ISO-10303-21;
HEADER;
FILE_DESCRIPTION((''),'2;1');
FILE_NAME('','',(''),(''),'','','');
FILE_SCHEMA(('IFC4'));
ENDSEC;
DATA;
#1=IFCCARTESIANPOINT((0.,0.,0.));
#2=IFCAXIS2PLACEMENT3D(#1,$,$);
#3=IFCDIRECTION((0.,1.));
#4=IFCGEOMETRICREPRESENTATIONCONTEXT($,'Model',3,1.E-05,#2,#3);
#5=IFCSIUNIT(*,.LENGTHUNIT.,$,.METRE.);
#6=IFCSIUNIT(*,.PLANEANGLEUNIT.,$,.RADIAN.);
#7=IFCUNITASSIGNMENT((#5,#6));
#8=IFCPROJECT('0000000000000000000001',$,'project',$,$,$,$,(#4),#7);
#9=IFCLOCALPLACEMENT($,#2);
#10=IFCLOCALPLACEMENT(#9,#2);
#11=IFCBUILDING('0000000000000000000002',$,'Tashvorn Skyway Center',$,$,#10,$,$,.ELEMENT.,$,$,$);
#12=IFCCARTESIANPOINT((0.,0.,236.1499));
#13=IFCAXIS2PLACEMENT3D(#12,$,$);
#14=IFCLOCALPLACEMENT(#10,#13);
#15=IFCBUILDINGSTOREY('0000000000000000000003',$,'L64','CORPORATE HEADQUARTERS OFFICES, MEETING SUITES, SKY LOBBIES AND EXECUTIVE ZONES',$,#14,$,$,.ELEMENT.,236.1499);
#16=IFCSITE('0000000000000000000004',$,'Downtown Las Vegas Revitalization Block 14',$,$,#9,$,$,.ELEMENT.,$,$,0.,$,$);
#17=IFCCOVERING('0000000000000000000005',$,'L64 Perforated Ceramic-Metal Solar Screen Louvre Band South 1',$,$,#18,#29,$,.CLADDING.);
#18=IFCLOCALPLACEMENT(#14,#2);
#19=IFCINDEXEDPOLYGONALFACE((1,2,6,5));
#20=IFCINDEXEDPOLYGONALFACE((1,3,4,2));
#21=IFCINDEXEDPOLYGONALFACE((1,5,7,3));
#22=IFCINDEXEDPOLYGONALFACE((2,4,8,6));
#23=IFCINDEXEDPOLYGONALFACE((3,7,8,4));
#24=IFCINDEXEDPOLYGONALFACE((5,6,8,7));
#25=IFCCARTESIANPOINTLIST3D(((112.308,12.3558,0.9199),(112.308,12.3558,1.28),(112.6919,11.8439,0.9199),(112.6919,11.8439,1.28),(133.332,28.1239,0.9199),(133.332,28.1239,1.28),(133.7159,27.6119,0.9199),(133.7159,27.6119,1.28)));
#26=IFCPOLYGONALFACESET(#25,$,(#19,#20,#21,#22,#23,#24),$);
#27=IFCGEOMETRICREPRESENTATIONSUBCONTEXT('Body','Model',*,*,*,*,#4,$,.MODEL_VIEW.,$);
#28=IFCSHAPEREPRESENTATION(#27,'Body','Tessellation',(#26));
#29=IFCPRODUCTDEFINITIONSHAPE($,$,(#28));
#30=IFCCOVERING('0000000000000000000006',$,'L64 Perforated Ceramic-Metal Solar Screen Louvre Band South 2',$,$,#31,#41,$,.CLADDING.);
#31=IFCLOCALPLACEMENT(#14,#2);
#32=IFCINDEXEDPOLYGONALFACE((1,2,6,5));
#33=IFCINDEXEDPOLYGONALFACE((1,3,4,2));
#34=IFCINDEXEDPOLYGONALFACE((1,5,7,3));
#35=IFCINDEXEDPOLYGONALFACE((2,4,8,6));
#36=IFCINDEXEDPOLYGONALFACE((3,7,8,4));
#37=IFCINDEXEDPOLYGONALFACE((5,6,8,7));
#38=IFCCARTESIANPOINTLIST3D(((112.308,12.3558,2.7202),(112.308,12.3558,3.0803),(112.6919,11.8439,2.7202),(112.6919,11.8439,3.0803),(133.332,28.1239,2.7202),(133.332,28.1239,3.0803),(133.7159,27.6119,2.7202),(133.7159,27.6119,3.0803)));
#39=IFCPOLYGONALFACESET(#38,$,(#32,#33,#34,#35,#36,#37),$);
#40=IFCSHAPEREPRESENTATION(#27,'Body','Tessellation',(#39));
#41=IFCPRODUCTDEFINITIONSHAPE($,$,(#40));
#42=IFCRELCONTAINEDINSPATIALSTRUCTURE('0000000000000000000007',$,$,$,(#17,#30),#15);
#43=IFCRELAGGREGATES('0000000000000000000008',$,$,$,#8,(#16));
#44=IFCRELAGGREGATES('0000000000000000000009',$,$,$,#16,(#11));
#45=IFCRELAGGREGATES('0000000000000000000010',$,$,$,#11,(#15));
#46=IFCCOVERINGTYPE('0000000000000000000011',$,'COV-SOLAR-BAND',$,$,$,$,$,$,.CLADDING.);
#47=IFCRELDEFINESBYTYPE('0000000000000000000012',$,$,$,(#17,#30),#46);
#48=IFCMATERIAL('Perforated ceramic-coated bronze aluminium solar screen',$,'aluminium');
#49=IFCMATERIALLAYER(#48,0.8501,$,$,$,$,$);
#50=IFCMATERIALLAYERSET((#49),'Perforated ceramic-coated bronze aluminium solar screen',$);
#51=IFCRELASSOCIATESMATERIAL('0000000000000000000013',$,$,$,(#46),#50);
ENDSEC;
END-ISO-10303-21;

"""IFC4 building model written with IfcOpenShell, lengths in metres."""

from ifc_helpers import new_model, si_unit, direction, frame, origin, origin_2d, place, context, subcontext, project, spatial, rectangle, extrude, material, layer, layer_set, type_object, element, save


model = new_model("IFC4")

# Units and contexts
model_context = context("Model", 3, precision=1e-05, world=origin(), true_north=direction((0.0, 1.0)))
body_context = subcontext(model_context, "Body", "Model", "MODEL_VIEW")
ifc_project = project(units=[si_unit("LENGTHUNIT", "METRE"), si_unit("PLANEANGLEUNIT", "RADIAN")], contexts=[model_context])

# Site, building, storey
site_placement = place(None, origin())
site = spatial("IfcSite", under=ifc_project, at=site_placement, Name="Downtown Las Vegas Revitalization Block 14", CompositionType="ELEMENT", RefElevation=0.0)
building_placement = place(site_placement, origin())
building = spatial("IfcBuilding", under=site, at=building_placement, Name="Tashvorn Skyway Center", CompositionType="ELEMENT")
storey_placement = place(building_placement, frame((0.0, 0.0, 236.1499)))
storey = spatial("IfcBuildingStorey", under=building, at=storey_placement, Name="L64", Description="CORPORATE HEADQUARTERS OFFICES, MEETING SUITES, SKY LOBBIES AND EXECUTIVE ZONES", CompositionType="ELEMENT", Elevation=236.1499)

# Coverings
ifc_material_1 = material(Name="Perforated ceramic-coated bronze aluminium solar screen", Category="aluminium")
ifc_layer_1 = layer(ifc_material_1, 0.8501)
ifc_layer_set_1 = layer_set([ifc_layer_1], Name="Perforated ceramic-coated bronze aluminium solar screen")
covering_type_1 = type_object("IfcCoveringType", Name="COV-SOLAR-BAND", PredefinedType="CLADDING", material=ifc_layer_set_1)
for number, where, z_axis, x_axis, name in (
    (1, (123.012, 19.9839, 0.9199), (0.0, 0.0, 1.0), (-0.8, -0.6, 0.0), "L64 Perforated Ceramic-Metal Solar Screen Louvre Band South 1"),
    (2, (123.012, 19.9839, 2.7202), (0.0, 0.0, 1.0), (-0.8, -0.6, 0.0), "L64 Perforated Ceramic-Metal Solar Screen Louvre Band South 2"),
):
    element("IfcCovering", number, at=place(storey_placement, frame(where, z_axis=z_axis, x_axis=x_axis)), inside=storey, type_object=covering_type_1, Name=name, PredefinedType="CLADDING", context=body_context, shape_type="SweptSolid", body=[
        extrude(rectangle(XDim=26.28, YDim=0.6399, at=origin_2d()), origin(), (0.0, 0.0, 1.0), 0.3601),
    ])

save(model, "model.ifc")
